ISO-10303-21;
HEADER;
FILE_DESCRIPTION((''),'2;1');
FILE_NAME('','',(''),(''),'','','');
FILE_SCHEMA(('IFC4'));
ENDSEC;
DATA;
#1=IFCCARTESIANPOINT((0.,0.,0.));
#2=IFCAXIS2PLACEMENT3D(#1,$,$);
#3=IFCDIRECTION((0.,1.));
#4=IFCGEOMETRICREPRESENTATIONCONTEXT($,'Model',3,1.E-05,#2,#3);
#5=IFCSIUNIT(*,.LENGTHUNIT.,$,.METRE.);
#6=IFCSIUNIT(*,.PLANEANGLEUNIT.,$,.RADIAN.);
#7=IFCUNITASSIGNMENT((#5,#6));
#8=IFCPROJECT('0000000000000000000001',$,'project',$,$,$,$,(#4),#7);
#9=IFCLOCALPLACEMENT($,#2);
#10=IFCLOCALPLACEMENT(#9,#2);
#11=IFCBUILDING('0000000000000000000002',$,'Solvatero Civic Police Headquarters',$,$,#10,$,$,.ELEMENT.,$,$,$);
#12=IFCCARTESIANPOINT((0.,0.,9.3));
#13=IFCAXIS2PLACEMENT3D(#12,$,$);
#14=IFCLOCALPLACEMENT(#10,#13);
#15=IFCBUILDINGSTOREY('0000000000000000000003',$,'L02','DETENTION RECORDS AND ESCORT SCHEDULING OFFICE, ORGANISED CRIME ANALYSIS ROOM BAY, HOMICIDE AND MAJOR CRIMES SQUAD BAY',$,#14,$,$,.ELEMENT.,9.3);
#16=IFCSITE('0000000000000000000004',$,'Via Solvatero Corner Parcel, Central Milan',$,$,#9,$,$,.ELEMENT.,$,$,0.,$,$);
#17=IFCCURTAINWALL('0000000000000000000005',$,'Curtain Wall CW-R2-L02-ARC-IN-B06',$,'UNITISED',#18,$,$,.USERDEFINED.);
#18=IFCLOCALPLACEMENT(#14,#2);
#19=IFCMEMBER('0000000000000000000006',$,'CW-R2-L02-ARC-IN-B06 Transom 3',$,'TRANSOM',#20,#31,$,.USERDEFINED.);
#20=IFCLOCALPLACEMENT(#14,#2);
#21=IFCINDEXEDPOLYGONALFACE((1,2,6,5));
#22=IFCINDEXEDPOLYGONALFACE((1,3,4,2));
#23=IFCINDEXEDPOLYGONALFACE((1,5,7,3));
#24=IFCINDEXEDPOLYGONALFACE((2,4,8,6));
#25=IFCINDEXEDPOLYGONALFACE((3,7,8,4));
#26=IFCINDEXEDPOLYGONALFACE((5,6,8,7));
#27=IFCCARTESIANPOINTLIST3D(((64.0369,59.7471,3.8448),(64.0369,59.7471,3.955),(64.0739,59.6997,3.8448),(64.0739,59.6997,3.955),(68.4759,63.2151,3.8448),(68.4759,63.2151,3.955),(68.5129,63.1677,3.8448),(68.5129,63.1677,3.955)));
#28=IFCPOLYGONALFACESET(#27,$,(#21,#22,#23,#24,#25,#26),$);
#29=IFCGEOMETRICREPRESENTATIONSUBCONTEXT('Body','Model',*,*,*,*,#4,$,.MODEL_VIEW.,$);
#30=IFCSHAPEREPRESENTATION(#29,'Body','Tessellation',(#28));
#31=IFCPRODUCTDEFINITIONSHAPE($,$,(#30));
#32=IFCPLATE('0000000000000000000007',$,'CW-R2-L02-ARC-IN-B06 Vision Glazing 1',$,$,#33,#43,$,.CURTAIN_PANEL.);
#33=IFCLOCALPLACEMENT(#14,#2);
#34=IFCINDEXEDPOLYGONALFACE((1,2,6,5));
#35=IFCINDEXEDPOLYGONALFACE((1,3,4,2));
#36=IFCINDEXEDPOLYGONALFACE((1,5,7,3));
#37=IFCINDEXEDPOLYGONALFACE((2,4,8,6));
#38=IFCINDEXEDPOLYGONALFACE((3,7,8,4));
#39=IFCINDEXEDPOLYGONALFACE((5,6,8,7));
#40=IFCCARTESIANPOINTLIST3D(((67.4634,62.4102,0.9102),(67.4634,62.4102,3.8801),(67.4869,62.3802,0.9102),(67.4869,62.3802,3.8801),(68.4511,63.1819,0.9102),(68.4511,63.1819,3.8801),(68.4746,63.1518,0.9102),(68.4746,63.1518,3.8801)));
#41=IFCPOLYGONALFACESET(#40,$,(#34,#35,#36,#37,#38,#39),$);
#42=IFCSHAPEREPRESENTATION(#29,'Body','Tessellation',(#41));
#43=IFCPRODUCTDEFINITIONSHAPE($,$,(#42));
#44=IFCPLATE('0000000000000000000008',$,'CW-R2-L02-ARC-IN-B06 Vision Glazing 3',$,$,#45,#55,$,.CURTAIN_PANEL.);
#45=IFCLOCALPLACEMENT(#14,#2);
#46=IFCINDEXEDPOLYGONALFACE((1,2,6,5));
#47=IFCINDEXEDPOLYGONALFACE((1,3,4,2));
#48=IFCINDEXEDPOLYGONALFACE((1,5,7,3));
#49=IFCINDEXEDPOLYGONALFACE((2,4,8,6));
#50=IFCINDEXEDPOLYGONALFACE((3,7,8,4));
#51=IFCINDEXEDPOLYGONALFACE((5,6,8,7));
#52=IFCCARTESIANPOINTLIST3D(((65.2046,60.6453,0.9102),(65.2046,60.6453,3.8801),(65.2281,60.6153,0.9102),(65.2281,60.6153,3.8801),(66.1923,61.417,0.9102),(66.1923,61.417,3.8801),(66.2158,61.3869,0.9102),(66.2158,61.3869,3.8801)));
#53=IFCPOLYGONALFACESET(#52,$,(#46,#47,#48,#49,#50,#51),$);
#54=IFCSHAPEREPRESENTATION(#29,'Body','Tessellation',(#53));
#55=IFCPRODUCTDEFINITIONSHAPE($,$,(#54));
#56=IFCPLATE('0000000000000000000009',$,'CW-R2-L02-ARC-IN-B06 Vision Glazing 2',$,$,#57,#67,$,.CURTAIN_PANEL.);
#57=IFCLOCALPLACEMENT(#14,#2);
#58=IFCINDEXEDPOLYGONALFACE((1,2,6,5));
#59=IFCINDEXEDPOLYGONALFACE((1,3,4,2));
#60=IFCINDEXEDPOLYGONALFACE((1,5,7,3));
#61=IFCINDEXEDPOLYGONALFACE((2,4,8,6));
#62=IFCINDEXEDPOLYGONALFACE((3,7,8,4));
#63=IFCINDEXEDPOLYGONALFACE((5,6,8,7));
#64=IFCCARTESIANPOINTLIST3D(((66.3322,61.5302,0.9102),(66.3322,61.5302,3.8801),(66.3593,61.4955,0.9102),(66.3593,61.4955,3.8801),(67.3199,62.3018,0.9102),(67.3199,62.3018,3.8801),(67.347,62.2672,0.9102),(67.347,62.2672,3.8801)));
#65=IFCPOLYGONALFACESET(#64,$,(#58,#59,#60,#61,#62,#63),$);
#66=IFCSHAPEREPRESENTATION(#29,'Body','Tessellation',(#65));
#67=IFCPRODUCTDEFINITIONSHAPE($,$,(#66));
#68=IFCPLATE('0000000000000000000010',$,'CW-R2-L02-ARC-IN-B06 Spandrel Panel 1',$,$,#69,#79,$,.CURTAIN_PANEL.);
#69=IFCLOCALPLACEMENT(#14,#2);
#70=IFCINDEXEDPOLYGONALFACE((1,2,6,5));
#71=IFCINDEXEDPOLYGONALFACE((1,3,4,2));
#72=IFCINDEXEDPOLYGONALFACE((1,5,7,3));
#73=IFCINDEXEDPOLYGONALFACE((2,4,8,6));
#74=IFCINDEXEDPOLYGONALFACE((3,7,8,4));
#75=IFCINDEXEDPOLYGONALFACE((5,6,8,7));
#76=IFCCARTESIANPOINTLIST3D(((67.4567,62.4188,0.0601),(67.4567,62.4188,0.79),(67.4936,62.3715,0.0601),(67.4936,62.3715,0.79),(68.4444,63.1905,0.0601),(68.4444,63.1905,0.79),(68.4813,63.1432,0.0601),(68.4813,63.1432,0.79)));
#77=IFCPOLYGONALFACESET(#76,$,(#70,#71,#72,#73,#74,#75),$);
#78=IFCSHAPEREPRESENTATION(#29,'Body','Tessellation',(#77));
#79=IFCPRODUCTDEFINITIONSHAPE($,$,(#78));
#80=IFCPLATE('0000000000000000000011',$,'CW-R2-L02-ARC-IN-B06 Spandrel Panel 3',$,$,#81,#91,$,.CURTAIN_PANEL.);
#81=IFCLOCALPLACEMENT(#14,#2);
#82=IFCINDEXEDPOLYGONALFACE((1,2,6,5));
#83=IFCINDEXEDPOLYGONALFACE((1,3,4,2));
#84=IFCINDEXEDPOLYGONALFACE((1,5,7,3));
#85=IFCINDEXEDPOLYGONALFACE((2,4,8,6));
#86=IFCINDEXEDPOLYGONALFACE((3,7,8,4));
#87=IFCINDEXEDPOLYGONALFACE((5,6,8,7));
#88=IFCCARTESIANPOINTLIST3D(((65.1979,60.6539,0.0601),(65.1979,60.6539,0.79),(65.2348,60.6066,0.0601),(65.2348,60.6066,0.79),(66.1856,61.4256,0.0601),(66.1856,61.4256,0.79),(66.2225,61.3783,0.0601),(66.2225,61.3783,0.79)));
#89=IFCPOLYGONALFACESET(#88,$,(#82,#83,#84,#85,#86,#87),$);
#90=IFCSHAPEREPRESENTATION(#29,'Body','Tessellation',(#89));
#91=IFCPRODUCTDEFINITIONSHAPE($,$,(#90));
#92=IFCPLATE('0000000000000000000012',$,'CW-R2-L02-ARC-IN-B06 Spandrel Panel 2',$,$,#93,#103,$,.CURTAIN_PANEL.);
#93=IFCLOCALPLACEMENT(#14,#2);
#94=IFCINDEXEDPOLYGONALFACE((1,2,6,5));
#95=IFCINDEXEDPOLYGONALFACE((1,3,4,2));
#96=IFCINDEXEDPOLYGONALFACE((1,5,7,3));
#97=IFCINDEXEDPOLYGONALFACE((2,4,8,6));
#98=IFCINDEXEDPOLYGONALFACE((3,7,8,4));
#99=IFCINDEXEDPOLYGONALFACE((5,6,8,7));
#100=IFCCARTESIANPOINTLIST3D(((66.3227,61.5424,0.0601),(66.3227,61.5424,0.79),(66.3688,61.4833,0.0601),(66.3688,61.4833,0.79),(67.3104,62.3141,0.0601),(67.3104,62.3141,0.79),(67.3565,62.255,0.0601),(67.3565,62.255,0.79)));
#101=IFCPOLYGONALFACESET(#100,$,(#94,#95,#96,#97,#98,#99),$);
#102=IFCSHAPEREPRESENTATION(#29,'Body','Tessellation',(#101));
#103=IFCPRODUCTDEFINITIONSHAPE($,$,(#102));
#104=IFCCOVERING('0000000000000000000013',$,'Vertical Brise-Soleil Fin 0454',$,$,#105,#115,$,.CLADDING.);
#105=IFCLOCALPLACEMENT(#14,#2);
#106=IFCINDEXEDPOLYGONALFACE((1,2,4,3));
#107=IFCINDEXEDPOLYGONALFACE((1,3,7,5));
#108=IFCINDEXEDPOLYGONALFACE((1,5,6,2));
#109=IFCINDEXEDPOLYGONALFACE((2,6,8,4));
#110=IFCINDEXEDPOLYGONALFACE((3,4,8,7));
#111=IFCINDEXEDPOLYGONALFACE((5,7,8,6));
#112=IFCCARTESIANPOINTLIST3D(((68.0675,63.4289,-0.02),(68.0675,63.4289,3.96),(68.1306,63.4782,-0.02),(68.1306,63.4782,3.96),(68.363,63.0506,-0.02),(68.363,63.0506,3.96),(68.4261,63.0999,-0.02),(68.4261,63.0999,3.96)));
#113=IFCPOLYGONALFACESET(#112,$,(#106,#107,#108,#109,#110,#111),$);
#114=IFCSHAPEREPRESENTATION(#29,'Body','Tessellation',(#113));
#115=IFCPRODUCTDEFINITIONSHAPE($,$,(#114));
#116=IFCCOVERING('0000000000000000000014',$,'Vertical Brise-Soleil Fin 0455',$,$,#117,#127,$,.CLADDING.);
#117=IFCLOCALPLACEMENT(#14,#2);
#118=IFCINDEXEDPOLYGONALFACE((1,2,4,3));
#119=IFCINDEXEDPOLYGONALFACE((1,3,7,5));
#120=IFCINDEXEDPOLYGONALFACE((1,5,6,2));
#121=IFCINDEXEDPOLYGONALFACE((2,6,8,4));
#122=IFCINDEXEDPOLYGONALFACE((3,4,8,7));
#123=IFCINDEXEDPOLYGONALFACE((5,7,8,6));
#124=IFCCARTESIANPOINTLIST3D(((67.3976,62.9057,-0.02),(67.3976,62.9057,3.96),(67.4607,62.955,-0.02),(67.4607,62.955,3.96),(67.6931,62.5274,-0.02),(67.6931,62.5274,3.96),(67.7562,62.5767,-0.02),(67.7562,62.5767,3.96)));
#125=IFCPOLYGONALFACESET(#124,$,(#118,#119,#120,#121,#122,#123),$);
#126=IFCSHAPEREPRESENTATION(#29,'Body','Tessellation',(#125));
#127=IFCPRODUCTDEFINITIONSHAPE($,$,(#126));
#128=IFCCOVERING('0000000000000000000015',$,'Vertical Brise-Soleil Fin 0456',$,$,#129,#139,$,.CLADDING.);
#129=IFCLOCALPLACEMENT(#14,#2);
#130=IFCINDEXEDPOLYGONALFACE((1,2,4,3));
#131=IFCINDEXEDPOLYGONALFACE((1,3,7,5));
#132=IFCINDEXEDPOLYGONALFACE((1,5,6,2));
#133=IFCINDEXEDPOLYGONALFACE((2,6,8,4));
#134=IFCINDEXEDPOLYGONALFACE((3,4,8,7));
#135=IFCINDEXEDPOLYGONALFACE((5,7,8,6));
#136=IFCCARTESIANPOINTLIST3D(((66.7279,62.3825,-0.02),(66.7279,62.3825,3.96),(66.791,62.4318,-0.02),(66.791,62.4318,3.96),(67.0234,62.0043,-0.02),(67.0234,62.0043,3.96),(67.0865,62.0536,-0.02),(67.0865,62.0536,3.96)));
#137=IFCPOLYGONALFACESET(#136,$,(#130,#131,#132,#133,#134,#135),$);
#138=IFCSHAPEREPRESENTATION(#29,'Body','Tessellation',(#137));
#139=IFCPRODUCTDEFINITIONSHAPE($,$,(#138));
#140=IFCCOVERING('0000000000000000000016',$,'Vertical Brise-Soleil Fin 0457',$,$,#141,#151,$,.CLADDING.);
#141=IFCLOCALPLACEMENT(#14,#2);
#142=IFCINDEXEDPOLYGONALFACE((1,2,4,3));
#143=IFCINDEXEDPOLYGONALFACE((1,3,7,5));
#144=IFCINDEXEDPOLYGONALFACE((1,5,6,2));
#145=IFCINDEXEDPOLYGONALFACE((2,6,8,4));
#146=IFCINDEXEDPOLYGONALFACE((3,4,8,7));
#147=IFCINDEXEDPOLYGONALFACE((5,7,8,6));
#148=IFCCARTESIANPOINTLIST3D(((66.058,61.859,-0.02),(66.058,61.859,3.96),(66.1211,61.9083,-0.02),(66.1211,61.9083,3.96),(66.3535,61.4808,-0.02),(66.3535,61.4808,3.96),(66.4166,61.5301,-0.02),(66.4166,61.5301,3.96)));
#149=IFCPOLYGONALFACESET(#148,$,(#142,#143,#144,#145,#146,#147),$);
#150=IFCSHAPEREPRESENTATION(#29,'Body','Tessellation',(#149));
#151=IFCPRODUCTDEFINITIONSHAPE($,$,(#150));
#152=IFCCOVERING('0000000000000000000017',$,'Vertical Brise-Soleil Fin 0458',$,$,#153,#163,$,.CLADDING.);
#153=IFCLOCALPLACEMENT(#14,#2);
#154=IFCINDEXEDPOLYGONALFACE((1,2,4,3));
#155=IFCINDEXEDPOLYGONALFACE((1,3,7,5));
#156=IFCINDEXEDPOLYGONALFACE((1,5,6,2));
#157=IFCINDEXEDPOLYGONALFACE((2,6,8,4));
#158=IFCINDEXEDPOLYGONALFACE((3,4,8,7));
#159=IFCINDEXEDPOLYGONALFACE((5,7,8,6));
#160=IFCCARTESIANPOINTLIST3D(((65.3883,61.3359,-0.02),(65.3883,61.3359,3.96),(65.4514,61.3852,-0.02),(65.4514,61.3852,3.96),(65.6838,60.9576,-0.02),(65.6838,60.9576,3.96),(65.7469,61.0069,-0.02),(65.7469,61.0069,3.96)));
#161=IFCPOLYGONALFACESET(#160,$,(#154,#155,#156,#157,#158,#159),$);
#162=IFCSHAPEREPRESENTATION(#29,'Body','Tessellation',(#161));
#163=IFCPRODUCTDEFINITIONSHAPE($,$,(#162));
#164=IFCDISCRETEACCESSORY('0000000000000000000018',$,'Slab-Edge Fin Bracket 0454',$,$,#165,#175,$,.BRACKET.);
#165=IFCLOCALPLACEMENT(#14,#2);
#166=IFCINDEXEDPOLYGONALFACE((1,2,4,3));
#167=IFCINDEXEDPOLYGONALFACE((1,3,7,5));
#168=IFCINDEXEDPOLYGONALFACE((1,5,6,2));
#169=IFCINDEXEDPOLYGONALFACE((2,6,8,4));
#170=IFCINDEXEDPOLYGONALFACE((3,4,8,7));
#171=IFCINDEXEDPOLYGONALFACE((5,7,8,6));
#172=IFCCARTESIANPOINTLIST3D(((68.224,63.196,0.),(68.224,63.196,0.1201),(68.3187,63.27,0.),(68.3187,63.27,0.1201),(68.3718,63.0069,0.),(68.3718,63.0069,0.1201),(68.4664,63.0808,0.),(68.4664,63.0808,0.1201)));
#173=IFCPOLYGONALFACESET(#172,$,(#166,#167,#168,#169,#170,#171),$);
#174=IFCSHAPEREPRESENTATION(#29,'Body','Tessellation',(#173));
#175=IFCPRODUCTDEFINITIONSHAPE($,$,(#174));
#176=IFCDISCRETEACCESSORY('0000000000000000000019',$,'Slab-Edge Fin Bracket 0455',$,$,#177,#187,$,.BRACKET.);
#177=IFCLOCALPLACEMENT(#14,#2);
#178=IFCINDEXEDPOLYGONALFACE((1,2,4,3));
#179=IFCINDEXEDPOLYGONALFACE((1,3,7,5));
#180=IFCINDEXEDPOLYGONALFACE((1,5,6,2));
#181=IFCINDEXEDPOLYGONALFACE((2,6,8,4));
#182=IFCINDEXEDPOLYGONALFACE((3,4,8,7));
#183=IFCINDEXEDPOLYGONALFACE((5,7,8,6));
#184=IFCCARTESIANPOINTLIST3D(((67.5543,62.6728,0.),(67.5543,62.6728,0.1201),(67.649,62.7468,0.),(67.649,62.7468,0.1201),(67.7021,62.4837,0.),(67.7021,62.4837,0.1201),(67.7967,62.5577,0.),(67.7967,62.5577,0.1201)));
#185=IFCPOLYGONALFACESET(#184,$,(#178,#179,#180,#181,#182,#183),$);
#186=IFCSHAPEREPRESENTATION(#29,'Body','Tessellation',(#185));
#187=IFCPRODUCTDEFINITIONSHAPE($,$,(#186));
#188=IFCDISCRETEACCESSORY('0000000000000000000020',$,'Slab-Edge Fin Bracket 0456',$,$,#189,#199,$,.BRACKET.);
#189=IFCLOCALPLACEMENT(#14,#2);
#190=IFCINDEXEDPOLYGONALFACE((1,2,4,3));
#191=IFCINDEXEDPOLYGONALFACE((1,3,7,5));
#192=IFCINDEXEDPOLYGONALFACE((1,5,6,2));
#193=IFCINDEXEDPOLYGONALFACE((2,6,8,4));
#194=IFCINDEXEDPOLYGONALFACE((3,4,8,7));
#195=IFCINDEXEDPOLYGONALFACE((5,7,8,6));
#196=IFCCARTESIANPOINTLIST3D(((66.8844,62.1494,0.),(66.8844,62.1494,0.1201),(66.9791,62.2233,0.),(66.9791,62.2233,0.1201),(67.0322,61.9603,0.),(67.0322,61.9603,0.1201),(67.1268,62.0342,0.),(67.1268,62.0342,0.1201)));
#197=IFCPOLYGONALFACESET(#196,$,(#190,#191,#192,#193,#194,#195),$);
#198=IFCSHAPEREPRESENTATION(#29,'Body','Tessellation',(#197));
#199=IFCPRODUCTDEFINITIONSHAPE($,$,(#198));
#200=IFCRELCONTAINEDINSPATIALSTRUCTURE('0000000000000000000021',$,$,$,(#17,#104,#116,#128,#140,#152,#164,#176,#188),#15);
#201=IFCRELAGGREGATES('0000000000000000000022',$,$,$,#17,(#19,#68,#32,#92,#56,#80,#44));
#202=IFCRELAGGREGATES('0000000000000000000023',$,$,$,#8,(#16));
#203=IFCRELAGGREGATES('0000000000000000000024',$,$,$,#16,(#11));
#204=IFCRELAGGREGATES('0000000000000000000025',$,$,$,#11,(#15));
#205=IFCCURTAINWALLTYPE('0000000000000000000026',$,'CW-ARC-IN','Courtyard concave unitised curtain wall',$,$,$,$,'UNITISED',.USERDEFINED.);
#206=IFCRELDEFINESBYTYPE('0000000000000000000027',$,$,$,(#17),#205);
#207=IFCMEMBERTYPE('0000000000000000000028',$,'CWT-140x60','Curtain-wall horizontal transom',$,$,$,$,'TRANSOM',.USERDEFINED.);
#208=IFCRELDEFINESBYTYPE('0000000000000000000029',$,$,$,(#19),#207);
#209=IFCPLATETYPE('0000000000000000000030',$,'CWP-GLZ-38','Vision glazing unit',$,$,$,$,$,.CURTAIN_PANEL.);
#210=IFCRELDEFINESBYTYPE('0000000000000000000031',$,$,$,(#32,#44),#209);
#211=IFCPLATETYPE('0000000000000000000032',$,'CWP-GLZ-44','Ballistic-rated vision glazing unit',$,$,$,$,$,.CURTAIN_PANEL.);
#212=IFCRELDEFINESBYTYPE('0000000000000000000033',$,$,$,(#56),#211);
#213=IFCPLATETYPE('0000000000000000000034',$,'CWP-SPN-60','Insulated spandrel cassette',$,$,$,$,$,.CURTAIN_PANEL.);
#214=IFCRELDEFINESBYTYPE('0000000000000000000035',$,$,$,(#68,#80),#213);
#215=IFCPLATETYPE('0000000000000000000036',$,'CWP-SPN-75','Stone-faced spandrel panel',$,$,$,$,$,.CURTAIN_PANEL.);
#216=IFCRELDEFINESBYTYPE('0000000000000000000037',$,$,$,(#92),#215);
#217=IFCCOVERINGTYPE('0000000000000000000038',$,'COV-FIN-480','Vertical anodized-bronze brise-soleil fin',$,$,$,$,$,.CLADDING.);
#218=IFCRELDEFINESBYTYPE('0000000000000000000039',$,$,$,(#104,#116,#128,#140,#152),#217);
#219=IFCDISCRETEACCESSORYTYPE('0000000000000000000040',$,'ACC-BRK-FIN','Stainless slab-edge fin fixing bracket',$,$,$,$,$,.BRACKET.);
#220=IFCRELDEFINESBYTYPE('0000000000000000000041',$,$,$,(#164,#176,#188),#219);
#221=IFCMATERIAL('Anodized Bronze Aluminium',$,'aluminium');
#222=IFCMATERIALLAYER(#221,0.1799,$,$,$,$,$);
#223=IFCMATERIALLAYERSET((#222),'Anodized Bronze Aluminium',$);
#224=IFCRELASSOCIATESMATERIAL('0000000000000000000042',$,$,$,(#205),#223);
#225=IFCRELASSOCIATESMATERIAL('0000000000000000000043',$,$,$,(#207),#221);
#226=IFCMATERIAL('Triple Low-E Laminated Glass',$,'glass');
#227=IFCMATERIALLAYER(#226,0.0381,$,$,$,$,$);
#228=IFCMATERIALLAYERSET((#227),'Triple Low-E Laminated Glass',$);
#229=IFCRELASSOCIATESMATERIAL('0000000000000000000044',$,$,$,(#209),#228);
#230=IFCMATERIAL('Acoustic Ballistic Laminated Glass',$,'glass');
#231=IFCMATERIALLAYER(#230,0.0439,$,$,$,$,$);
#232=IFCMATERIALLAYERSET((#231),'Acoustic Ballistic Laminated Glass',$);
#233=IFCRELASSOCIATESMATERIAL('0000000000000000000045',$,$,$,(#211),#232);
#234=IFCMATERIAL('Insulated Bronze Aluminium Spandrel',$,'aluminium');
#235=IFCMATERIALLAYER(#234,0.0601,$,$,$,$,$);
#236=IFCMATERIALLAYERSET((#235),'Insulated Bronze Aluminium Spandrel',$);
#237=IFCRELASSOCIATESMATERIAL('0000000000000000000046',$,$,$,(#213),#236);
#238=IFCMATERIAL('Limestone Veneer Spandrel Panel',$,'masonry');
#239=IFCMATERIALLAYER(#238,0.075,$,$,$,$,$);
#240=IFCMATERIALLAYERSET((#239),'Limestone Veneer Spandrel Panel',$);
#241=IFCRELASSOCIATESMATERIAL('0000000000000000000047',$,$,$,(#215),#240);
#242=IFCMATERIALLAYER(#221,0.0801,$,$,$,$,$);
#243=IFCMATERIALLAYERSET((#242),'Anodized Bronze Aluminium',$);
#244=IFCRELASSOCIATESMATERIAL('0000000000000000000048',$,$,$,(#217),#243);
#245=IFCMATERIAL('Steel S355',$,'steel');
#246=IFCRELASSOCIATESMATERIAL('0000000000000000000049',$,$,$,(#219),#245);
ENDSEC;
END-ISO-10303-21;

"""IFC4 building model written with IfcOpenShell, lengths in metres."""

from ifc_helpers import new_model, si_unit, direction, frame, origin, origin_2d, place, context, subcontext, project, spatial, rectangle, extrude, material, layer, layer_set, material_profile, profile_set, type_object, element, aggregate, save


model = new_model("IFC4")

# Units and contexts
model_context = context("Model", 3, precision=1e-05, world=origin(), true_north=direction((0.0, 1.0)))
body_context = subcontext(model_context, "Body", "Model", "MODEL_VIEW")
ifc_project = project(units=[si_unit("LENGTHUNIT", "METRE"), si_unit("PLANEANGLEUNIT", "RADIAN")], contexts=[model_context])

# Site, building, storey
site_placement = place(None, origin())
site = spatial("IfcSite", under=ifc_project, at=site_placement, Name="Via Solvatero Corner Parcel, Central Milan", CompositionType="ELEMENT", RefElevation=0.0)
building_placement = place(site_placement, origin())
building = spatial("IfcBuilding", under=site, at=building_placement, Name="Solvatero Civic Police Headquarters", CompositionType="ELEMENT")
storey_placement = place(building_placement, frame((0.0, 0.0, 9.3)))
storey = spatial("IfcBuildingStorey", under=building, at=storey_placement, Name="L02", Description="DETENTION RECORDS AND ESCORT SCHEDULING OFFICE, ORGANISED CRIME ANALYSIS ROOM BAY, HOMICIDE AND MAJOR CRIMES SQUAD BAY", CompositionType="ELEMENT", Elevation=9.3)

# Shared definitions
ifc_material_1 = material(Name="Steel S355", Category="steel")

# Curtain wall
ifc_material_2 = material(Name="Anodized Bronze Aluminium", Category="aluminium")
ifc_layer_1 = layer(ifc_material_2, 0.1799)
ifc_layer_set_1 = layer_set([ifc_layer_1], Name="Anodized Bronze Aluminium")
curtain_wall_type = type_object("IfcCurtainWallType", Name="CW-ARC-IN", Description="Courtyard concave unitised curtain wall", ElementType="UNITISED", PredefinedType="USERDEFINED", material=ifc_layer_set_1)
curtain_wall_1_placement = place(storey_placement, origin())
curtain_wall_1 = element("IfcCurtainWall", 1, at=curtain_wall_1_placement, inside=storey, type_object=curtain_wall_type, Name="Curtain Wall CW-R2-L02-ARC-IN-B06", ObjectType="UNITISED", PredefinedType="USERDEFINED")

# Member
ifc_material_profile_1 = material_profile(ifc_material_2, rectangle(XDim=0.0601, YDim=0.1101, at=origin_2d()), Name="ALU TRANSOM 60x110")
ifc_profile_set_1 = profile_set([ifc_material_profile_1], Name="Anodized Bronze Aluminium")
member_type_1 = type_object("IfcMemberType", Name="CWT-140x60", Description="Curtain-wall horizontal transom", ElementType="TRANSOM", PredefinedType="USERDEFINED", material=ifc_profile_set_1)
member_1_placement = place(storey_placement, frame((68.4944, 63.1914, 3.8999), z_axis=(-0.788018, -0.615652, 0.0), x_axis=(0.615652, -0.788018, 0.0)))
member_1 = element("IfcMember", 2, at=member_1_placement, type_object=member_type_1, Name="CW-R2-L02-ARC-IN-B06 Transom 3", ObjectType="TRANSOM", PredefinedType="USERDEFINED", context=body_context, shape_type="SweptSolid", body=[
    extrude(rectangle(XDim=0.0601, YDim=0.1101, at=origin_2d()), origin(), (0.0, 0.0, 1.0), 5.6331),
])

# Plates
ifc_material_3 = material(Name="Triple Low-E Laminated Glass", Category="glass")
ifc_layer_2 = layer(ifc_material_3, 0.0381)
ifc_layer_set_2 = layer_set([ifc_layer_2], Name="Triple Low-E Laminated Glass")
plate_type_1 = type_object("IfcPlateType", Name="CWP-GLZ-38", Description="Vision glazing unit", PredefinedType="CURTAIN_PANEL", material=ifc_layer_set_2)
plate_1_placement = place(storey_placement, frame((67.969, 62.781, 0.9102), z_axis=(0.0, 0.0, 1.0), x_axis=(-0.788011, -0.615661, 0.0)))
plate_1 = element("IfcPlate", 3, at=plate_1_placement, type_object=plate_type_1, Name="CW-R2-L02-ARC-IN-B06 Vision Glazing 1", PredefinedType="CURTAIN_PANEL", context=body_context, shape_type="SweptSolid", body=[
    extrude(rectangle(XDim=1.2534, YDim=0.0381, at=origin_2d()), origin(), (0.0, 0.0, 1.0), 2.97),
])
plate_2_placement = place(storey_placement, frame((65.7102, 61.0161, 0.9102), z_axis=(0.0, 0.0, 1.0), x_axis=(-0.788011, -0.615661, 0.0)))
plate_2 = element("IfcPlate", 4, at=plate_2_placement, type_object=plate_type_1, Name="CW-R2-L02-ARC-IN-B06 Vision Glazing 3", PredefinedType="CURTAIN_PANEL", context=body_context, shape_type="SweptSolid", body=[
    extrude(rectangle(XDim=1.2534, YDim=0.0381, at=origin_2d()), origin(), (0.0, 0.0, 1.0), 2.97),
])
ifc_material_4 = material(Name="Acoustic Ballistic Laminated Glass", Category="glass")
ifc_layer_3 = layer(ifc_material_4, 0.0439)
ifc_layer_set_3 = layer_set([ifc_layer_3], Name="Acoustic Ballistic Laminated Glass")
plate_type_2 = type_object("IfcPlateType", Name="CWP-GLZ-44", Description="Ballistic-rated vision glazing unit", PredefinedType="CURTAIN_PANEL", material=ifc_layer_set_3)
plate_3_placement = place(storey_placement, frame((66.8396, 61.8987, 0.9102), z_axis=(0.0, 0.0, 1.0), x_axis=(-0.788011, -0.615661, 0.0)))
plate_3 = element("IfcPlate", 5, at=plate_3_placement, type_object=plate_type_2, Name="CW-R2-L02-ARC-IN-B06 Vision Glazing 2", PredefinedType="CURTAIN_PANEL", context=body_context, shape_type="SweptSolid", body=[
    extrude(rectangle(XDim=1.2534, YDim=0.0439, at=origin_2d()), origin(), (0.0, 0.0, 1.0), 2.97),
])
ifc_material_5 = material(Name="Insulated Bronze Aluminium Spandrel", Category="aluminium")
ifc_layer_4 = layer(ifc_material_5, 0.0601)
ifc_layer_set_4 = layer_set([ifc_layer_4], Name="Insulated Bronze Aluminium Spandrel")
plate_type_3 = type_object("IfcPlateType", Name="CWP-SPN-60", Description="Insulated spandrel cassette", PredefinedType="CURTAIN_PANEL", material=ifc_layer_set_4)
plate_4_placement = place(storey_placement, frame((67.969, 62.781, 0.0601), z_axis=(0.0, 0.0, 1.0), x_axis=(-0.788011, -0.615661, 0.0)))
plate_4 = element("IfcPlate", 6, at=plate_4_placement, type_object=plate_type_3, Name="CW-R2-L02-ARC-IN-B06 Spandrel Panel 1", PredefinedType="CURTAIN_PANEL", context=body_context, shape_type="SweptSolid", body=[
    extrude(rectangle(XDim=1.2534, YDim=0.0601, at=origin_2d()), origin(), (0.0, 0.0, 1.0), 0.73),
])
plate_5_placement = place(storey_placement, frame((65.7102, 61.0161, 0.0601), z_axis=(0.0, 0.0, 1.0), x_axis=(-0.788011, -0.615661, 0.0)))
plate_5 = element("IfcPlate", 7, at=plate_5_placement, type_object=plate_type_3, Name="CW-R2-L02-ARC-IN-B06 Spandrel Panel 3", PredefinedType="CURTAIN_PANEL", context=body_context, shape_type="SweptSolid", body=[
    extrude(rectangle(XDim=1.2534, YDim=0.0601, at=origin_2d()), origin(), (0.0, 0.0, 1.0), 0.73),
])
ifc_material_6 = material(Name="Limestone Veneer Spandrel Panel", Category="masonry")
ifc_layer_5 = layer(ifc_material_6, 0.075)
ifc_layer_set_5 = layer_set([ifc_layer_5], Name="Limestone Veneer Spandrel Panel")
plate_type_4 = type_object("IfcPlateType", Name="CWP-SPN-75", Description="Stone-faced spandrel panel", PredefinedType="CURTAIN_PANEL", material=ifc_layer_set_5)
plate_6_placement = place(storey_placement, frame((66.8396, 61.8987, 0.0601), z_axis=(0.0, 0.0, 1.0), x_axis=(-0.788011, -0.615661, 0.0)))
plate_6 = element("IfcPlate", 8, at=plate_6_placement, type_object=plate_type_4, Name="CW-R2-L02-ARC-IN-B06 Spandrel Panel 2", PredefinedType="CURTAIN_PANEL", context=body_context, shape_type="SweptSolid", body=[
    extrude(rectangle(XDim=1.2534, YDim=0.075, at=origin_2d()), origin(), (0.0, 0.0, 1.0), 0.73),
])
aggregate(curtain_wall_1, [member_1, plate_4, plate_1, plate_6, plate_3, plate_5, plate_2])

# Coverings
ifc_layer_6 = layer(ifc_material_2, 0.0801)
ifc_layer_set_6 = layer_set([ifc_layer_6], Name="Anodized Bronze Aluminium")
covering_type = type_object("IfcCoveringType", Name="COV-FIN-480", Description="Vertical anodized-bronze brise-soleil fin", PredefinedType="CLADDING", material=ifc_layer_set_6)
for number, where, z_axis, x_axis, name in (
    (9, (68.2468, 63.2644, -0.02), (0.0, 0.0, 1.0), (-0.788011, -0.615661, 0.0), "Vertical Brise-Soleil Fin 0454"),
    (10, (67.5769, 62.7412, -0.02), (0.0, 0.0, 1.0), (-0.788011, -0.615661, 0.0), "Vertical Brise-Soleil Fin 0455"),
    (11, (66.9072, 62.218, -0.02), (0.0, 0.0, 1.0), (-0.788011, -0.615661, 0.0), "Vertical Brise-Soleil Fin 0456"),
    (12, (66.2373, 61.6946, -0.02), (0.0, 0.0, 1.0), (-0.788011, -0.615661, 0.0), "Vertical Brise-Soleil Fin 0457"),
    (13, (65.5676, 61.1714, -0.02), (0.0, 0.0, 1.0), (-0.788011, -0.615661, 0.0), "Vertical Brise-Soleil Fin 0458"),
):
    element("IfcCovering", number, at=place(storey_placement, frame(where, z_axis=z_axis, x_axis=x_axis)), inside=storey, type_object=covering_type, Name=name, PredefinedType="CLADDING", context=body_context, shape_type="SweptSolid", body=[
        extrude(rectangle(XDim=0.0801, YDim=0.48, at=origin_2d()), origin(), (0.0, 0.0, 1.0), 3.98),
    ])

# Discrete accessories
discrete_accessory_type = type_object("IfcDiscreteAccessoryType", Name="ACC-BRK-FIN", Description="Stainless slab-edge fin fixing bracket", PredefinedType="BRACKET", material=ifc_material_1)
for number, where, z_axis, x_axis, name in (
    (14, (68.3452, 63.1384, 0.0), (0.0, 0.0, 1.0), (-0.788011, -0.615661, 0.0), "Slab-Edge Fin Bracket 0454"),
    (15, (67.6755, 62.6152, 0.0), (0.0, 0.0, 1.0), (-0.788011, -0.615661, 0.0), "Slab-Edge Fin Bracket 0455"),
    (16, (67.0056, 62.0918, 0.0), (0.0, 0.0, 1.0), (-0.788011, -0.615661, 0.0), "Slab-Edge Fin Bracket 0456"),
):
    element("IfcDiscreteAccessory", number, at=place(storey_placement, frame(where, z_axis=z_axis, x_axis=x_axis)), inside=storey, type_object=discrete_accessory_type, Name=name, PredefinedType="BRACKET", context=body_context, shape_type="SweptSolid", body=[
        extrude(rectangle(XDim=0.1201, YDim=0.24, at=origin_2d()), origin(), (0.0, 0.0, 1.0), 0.1201),
    ])

save(model, "model.ifc")
